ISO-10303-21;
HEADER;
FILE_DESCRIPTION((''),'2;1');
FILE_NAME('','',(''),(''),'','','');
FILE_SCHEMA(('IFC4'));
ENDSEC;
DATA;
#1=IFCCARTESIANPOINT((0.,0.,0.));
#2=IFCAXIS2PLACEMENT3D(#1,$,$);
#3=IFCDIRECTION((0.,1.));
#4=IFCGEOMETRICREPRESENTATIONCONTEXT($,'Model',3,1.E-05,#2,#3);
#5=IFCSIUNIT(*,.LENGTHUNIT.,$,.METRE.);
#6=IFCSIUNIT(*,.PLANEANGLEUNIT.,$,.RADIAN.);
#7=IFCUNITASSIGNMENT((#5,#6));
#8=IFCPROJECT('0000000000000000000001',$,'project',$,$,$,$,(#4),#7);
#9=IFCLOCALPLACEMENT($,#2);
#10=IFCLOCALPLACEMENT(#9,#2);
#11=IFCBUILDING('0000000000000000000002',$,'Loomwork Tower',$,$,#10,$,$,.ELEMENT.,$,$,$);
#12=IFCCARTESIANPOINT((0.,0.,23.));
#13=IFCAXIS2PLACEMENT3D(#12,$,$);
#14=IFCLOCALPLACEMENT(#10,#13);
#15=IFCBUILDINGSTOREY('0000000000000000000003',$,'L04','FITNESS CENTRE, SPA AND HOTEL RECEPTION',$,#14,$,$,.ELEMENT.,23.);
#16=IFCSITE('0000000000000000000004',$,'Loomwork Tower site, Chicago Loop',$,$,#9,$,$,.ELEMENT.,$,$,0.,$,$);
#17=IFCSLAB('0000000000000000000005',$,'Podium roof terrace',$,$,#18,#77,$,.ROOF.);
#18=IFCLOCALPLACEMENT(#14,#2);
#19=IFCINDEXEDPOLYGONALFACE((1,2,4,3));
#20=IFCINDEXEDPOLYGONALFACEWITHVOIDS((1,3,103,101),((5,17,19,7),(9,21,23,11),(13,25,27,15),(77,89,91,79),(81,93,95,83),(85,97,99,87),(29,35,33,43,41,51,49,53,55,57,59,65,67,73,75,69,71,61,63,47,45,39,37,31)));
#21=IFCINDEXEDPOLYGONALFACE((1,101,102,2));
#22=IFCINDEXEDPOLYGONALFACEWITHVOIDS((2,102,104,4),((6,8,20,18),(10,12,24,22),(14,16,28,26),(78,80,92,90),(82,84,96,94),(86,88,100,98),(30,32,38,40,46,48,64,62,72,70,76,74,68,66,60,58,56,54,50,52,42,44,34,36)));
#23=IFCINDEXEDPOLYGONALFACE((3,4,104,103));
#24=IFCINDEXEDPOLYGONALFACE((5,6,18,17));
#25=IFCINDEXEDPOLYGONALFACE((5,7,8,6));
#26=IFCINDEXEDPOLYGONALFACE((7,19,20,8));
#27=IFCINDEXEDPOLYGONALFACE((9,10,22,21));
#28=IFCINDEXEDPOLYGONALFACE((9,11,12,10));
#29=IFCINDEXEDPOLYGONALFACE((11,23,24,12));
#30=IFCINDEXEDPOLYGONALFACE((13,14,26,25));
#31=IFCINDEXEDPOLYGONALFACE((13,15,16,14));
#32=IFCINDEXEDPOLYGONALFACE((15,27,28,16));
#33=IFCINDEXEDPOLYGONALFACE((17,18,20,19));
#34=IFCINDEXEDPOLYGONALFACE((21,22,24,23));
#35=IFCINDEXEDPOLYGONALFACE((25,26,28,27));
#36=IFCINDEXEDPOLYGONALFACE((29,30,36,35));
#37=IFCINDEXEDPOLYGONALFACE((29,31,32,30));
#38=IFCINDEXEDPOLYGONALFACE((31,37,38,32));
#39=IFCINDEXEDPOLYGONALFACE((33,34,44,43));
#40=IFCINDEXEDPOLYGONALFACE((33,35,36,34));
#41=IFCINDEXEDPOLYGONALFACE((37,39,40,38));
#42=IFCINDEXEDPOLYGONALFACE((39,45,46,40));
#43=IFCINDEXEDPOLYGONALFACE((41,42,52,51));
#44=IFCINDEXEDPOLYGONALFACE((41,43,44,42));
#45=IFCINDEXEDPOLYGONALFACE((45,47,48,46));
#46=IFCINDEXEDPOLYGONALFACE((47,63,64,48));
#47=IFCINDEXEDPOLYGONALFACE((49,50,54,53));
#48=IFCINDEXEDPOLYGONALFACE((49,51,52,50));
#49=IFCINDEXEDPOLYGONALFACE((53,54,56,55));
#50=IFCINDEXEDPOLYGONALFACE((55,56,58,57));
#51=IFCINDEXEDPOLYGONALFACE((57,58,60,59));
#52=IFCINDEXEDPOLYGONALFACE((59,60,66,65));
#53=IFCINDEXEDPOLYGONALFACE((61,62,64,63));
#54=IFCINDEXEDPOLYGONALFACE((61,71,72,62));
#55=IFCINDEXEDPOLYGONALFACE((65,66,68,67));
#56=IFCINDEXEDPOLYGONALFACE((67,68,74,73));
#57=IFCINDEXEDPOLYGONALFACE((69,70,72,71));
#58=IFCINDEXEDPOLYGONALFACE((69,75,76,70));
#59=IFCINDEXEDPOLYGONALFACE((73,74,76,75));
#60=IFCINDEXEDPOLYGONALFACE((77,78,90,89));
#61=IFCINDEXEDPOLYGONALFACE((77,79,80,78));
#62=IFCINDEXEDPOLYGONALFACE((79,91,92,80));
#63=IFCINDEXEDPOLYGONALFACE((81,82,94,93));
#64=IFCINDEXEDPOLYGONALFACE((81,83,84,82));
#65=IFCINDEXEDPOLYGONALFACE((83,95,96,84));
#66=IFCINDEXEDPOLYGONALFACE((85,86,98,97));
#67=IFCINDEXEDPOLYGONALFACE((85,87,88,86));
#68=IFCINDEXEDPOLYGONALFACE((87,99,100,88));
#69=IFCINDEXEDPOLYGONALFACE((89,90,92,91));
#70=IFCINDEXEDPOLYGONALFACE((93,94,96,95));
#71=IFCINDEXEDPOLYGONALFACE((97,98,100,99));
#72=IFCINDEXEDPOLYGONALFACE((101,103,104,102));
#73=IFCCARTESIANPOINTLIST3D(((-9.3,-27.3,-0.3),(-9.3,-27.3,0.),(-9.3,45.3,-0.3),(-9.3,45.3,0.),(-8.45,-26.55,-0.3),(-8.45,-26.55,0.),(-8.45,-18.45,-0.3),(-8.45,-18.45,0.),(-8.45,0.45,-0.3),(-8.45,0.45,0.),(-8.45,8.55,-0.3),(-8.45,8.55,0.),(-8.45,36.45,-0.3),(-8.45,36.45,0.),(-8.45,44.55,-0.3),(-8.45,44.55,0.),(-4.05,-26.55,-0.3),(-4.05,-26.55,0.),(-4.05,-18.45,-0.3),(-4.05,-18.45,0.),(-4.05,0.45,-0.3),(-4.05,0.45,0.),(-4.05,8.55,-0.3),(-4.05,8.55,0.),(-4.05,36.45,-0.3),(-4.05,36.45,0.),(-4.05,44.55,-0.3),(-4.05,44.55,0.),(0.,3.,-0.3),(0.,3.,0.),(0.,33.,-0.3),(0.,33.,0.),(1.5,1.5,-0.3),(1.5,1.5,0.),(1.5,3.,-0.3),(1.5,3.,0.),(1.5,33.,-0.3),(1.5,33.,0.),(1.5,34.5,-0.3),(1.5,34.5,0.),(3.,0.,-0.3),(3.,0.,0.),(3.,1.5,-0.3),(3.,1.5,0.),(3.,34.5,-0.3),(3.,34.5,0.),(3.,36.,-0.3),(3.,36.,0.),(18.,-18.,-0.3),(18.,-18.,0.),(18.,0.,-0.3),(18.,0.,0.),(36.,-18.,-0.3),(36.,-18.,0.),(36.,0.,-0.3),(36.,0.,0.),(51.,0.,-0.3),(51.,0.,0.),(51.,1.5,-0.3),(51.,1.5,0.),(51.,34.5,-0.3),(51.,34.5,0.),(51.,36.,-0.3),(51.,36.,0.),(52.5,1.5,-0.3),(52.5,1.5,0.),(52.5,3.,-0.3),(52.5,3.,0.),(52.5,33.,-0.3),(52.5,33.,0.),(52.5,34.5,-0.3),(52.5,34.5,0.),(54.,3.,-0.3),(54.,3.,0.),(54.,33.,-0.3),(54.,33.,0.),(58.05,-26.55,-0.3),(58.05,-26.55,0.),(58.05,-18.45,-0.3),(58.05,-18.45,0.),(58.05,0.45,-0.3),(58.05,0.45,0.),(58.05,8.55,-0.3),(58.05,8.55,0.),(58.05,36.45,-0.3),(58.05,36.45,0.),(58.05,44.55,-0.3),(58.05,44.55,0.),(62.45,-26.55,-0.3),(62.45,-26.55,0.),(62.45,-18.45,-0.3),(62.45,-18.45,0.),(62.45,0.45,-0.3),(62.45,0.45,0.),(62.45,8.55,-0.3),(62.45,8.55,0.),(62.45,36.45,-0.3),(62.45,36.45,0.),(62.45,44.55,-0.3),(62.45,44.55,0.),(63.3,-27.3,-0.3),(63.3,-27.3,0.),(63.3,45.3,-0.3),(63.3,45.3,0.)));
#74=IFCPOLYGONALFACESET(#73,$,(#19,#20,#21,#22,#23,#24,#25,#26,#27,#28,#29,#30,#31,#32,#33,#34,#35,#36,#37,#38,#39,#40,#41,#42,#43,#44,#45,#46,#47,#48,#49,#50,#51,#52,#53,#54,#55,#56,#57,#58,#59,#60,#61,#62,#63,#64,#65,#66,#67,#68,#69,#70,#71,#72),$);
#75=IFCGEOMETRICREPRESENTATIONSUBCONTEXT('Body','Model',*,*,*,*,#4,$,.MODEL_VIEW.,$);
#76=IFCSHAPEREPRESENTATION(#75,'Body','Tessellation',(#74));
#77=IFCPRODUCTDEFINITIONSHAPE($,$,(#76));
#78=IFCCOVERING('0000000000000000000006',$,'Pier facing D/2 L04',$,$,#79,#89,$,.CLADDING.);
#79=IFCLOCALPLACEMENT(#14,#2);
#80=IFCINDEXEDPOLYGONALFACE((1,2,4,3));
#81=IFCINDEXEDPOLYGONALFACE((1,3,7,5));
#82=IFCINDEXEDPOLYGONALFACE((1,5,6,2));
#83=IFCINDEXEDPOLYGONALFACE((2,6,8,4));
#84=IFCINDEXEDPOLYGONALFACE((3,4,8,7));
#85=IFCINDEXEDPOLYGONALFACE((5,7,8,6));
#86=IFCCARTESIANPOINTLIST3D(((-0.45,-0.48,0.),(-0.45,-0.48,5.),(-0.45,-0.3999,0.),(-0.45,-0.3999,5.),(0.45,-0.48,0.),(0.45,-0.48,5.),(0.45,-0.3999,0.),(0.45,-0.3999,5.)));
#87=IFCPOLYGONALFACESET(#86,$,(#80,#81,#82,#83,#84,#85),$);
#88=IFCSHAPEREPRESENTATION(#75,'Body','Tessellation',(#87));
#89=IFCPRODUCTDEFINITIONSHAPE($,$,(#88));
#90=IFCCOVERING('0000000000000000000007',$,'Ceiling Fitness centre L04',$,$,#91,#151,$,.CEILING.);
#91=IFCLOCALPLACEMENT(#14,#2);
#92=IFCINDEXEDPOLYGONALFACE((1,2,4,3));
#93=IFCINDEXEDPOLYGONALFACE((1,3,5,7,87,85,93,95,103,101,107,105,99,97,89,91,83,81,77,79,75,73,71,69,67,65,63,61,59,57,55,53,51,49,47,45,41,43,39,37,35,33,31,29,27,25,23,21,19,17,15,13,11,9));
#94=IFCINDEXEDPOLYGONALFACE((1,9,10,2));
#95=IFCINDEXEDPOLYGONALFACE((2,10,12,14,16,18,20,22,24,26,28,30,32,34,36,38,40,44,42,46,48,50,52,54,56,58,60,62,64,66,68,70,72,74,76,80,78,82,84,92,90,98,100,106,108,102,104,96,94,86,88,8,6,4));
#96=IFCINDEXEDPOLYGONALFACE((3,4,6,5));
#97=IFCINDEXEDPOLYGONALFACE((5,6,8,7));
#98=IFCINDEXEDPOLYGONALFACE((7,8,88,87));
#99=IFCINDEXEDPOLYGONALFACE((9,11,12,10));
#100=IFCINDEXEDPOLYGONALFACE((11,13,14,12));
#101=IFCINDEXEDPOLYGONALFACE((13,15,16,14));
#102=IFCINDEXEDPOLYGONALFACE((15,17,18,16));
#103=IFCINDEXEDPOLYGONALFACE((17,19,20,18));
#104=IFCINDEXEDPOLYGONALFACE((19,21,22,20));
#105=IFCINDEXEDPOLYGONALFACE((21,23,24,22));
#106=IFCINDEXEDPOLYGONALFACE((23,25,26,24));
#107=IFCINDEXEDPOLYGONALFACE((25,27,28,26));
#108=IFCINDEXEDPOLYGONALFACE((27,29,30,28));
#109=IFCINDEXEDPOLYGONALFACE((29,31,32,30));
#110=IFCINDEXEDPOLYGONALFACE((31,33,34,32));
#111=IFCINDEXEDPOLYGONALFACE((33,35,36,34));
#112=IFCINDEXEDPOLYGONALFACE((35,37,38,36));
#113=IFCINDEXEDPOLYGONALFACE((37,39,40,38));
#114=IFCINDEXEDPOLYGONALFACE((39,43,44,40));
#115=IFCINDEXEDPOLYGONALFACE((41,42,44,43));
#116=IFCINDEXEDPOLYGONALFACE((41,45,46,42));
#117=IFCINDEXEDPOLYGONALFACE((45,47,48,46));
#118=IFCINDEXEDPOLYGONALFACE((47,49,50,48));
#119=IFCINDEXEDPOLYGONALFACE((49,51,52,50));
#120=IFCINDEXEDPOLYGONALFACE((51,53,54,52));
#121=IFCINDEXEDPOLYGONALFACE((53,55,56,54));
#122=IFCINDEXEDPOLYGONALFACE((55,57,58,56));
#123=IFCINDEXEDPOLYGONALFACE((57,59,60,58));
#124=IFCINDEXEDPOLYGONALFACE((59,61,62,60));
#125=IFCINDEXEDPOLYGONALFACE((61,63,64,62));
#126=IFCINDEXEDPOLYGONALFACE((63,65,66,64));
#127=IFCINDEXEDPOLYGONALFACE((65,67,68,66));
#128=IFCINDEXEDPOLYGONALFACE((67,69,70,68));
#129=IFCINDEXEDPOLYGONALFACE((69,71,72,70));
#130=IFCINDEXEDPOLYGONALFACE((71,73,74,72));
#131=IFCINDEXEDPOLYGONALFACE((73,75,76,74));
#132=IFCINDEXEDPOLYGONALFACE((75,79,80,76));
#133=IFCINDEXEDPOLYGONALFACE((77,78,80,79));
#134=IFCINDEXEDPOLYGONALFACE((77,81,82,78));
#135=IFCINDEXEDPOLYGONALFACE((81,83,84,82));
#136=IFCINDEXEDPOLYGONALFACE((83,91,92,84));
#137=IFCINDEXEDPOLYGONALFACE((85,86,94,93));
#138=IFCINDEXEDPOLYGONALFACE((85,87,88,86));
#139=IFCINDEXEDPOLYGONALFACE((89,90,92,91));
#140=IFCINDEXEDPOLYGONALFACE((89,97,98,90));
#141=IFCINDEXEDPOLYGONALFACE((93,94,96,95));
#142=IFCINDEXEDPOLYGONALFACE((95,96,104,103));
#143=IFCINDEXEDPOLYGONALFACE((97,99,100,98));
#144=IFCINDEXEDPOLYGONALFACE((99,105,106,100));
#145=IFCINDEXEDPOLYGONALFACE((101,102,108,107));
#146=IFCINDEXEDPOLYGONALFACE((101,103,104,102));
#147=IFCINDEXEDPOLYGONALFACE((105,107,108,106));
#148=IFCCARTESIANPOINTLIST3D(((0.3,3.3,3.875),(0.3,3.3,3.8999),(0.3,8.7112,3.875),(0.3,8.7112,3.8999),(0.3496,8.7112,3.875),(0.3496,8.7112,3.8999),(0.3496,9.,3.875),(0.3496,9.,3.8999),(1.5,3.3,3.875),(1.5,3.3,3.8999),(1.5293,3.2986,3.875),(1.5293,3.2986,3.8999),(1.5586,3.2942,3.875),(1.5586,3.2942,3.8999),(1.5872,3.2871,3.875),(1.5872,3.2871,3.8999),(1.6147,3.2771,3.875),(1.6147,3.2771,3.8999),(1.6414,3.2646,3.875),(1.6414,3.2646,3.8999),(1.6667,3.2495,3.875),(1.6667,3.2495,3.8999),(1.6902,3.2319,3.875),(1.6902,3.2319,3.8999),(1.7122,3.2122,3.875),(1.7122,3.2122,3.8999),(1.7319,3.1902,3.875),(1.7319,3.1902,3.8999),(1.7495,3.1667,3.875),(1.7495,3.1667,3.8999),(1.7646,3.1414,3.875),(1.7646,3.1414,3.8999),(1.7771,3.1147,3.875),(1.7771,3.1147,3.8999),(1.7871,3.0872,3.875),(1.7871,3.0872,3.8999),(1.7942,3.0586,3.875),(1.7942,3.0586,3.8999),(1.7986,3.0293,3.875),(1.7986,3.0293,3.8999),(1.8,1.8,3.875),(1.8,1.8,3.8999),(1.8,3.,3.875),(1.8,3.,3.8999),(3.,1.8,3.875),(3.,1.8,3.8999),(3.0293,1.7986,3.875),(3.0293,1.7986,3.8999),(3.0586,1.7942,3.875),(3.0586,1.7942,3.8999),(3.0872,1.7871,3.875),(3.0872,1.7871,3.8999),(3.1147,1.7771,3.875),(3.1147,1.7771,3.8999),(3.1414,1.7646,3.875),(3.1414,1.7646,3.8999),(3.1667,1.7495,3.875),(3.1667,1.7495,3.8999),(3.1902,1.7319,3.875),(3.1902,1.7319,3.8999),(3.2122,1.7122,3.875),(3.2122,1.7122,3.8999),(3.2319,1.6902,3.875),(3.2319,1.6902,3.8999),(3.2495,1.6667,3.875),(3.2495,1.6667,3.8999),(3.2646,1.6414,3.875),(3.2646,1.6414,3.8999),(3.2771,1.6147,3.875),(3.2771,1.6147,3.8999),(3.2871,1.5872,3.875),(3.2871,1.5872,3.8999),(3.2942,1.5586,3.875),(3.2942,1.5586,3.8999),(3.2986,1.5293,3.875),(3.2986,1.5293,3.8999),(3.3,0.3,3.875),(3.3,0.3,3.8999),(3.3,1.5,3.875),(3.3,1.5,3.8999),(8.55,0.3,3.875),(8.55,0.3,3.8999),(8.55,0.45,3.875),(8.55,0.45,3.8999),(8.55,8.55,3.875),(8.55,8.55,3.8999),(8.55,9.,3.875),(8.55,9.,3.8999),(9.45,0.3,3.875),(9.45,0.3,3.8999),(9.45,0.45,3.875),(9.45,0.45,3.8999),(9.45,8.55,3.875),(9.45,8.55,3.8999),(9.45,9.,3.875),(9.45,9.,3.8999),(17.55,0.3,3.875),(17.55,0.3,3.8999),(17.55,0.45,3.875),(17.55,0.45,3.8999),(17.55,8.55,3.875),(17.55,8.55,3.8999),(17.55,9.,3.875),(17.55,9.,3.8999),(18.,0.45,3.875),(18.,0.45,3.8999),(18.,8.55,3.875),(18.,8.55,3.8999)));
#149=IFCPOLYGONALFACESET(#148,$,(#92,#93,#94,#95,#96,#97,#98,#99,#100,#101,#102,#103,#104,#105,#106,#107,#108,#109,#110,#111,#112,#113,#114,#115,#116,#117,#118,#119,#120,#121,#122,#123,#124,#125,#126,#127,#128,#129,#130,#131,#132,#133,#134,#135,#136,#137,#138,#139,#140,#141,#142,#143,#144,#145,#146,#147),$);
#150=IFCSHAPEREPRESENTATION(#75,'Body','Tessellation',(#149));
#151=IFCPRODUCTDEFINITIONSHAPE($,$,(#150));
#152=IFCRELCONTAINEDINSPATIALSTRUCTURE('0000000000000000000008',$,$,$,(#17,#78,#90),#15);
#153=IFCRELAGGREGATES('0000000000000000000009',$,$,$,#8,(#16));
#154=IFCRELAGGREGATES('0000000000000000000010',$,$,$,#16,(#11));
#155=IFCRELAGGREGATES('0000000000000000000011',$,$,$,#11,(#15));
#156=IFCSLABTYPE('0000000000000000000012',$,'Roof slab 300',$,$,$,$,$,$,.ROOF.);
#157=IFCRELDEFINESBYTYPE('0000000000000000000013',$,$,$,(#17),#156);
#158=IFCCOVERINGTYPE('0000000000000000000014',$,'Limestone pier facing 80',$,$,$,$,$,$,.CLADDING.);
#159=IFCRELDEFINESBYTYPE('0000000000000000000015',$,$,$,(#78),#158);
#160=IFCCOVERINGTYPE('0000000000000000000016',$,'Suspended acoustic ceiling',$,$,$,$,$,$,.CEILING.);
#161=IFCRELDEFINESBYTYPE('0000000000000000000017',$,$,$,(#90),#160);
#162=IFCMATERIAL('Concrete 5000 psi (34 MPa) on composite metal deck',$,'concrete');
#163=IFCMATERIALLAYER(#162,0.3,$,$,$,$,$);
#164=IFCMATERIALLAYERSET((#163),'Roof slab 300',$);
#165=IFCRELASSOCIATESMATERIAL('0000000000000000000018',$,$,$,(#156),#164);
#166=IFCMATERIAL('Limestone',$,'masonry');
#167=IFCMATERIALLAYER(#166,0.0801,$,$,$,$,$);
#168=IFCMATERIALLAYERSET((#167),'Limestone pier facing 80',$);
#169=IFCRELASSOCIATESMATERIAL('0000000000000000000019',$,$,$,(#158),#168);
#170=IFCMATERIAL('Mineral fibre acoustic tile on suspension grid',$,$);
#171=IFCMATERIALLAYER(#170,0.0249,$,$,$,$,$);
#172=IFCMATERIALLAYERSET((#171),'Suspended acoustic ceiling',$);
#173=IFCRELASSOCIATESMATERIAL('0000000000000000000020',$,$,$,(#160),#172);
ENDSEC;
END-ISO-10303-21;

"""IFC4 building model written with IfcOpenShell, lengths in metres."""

from ifc_helpers import new_model, si_unit, direction, frame, origin, origin_2d, place, context, subcontext, project, spatial, polyline, rectangle, outline, extrude, material, layer, layer_set, type_object, element, save


model = new_model("IFC4")

# Units and contexts
model_context = context("Model", 3, precision=1e-05, world=origin(), true_north=direction((0.0, 1.0)))
body_context = subcontext(model_context, "Body", "Model", "MODEL_VIEW")
ifc_project = project(units=[si_unit("LENGTHUNIT", "METRE"), si_unit("PLANEANGLEUNIT", "RADIAN")], contexts=[model_context])

# Site, building, storey
site_placement = place(None, origin())
site = spatial("IfcSite", under=ifc_project, at=site_placement, Name="Loomwork Tower site, Chicago Loop", CompositionType="ELEMENT", RefElevation=0.0)
building_placement = place(site_placement, origin())
building = spatial("IfcBuilding", under=site, at=building_placement, Name="Loomwork Tower", CompositionType="ELEMENT")
storey_placement = place(building_placement, frame((0.0, 0.0, 23.0)))
storey = spatial("IfcBuildingStorey", under=building, at=storey_placement, Name="L04", Description="FITNESS CENTRE, SPA AND HOTEL RECEPTION", CompositionType="ELEMENT", Elevation=23.0)

# Slab
ifc_material_1 = material(Name="Concrete 5000 psi (34 MPa) on composite metal deck", Category="concrete")
ifc_layer_1 = layer(ifc_material_1, 0.3)
ifc_layer_set_1 = layer_set([ifc_layer_1], Name="Roof slab 300")
slab_type_1 = type_object("IfcSlabType", Name="Roof slab 300", PredefinedType="ROOF", material=ifc_layer_set_1)
slab_1_placement = place(storey_placement, frame((0.0, 0.0, -0.3)))
element("IfcSlab", 1, at=slab_1_placement, inside=storey, type_object=slab_type_1, Name="Podium roof terrace", PredefinedType="ROOF", context=body_context, shape_type="SweptSolid", body=[
    extrude(outline(polyline([(63.3, 45.3), (63.3, -27.3), (-9.3, -27.3), (-9.3, 45.3), (63.3, 45.3)]), holes=[polyline([(58.05, -18.45), (58.05, -26.55), (62.45, -26.55), (62.45, -18.45), (58.05, -18.45)]), polyline([(58.05, 0.45), (62.45, 0.45), (62.45, 8.55), (58.05, 8.55), (58.05, 0.45)]), polyline([(58.05, 44.55), (58.05, 36.45), (62.45, 36.45), (62.45, 44.55), (58.05, 44.55)]), polyline([(52.5, 1.5), (52.5, 3.0), (54.0, 3.0), (54.0, 33.0), (52.5, 33.0), (52.5, 34.5), (51.0, 34.5), (51.0, 36.0), (3.0, 36.0), (3.0, 34.5), (1.5, 34.5), (1.5, 33.0), (0.0, 33.0), (0.0, 3.0), (1.5, 3.0), (1.5, 1.5), (3.0, 1.5), (3.0, 0.0), (18.0, 0.0), (18.0, -18.0), (36.0, -18.0), (36.0, 0.0), (51.0, 0.0), (51.0, 1.5), (52.5, 1.5)]), polyline([(-8.45, -26.55), (-4.05, -26.55), (-4.05, -18.45), (-8.45, -18.45), (-8.45, -26.55)]), polyline([(-8.45, 8.55), (-8.45, 0.45), (-4.05, 0.45), (-4.05, 8.55), (-8.45, 8.55)]), polyline([(-8.45, 44.55), (-8.45, 36.45), (-4.05, 36.45), (-4.05, 44.55), (-8.45, 44.55)])]), origin(), (0.0, 0.0, 1.0), 0.3),
])

# Coverings
ifc_material_2 = material(Name="Limestone", Category="masonry")
ifc_layer_2 = layer(ifc_material_2, 0.0801)
ifc_layer_set_2 = layer_set([ifc_layer_2], Name="Limestone pier facing 80")
covering_type_1 = type_object("IfcCoveringType", Name="Limestone pier facing 80", PredefinedType="CLADDING", material=ifc_layer_set_2)
covering_1_placement = place(storey_placement, frame((0.0, -0.4399, 0.0), z_axis=(0.0, 0.0, 1.0), x_axis=(1.0, 0.0, 0.0)))
element("IfcCovering", 2, at=covering_1_placement, inside=storey, type_object=covering_type_1, Name="Pier facing D/2 L04", PredefinedType="CLADDING", context=body_context, shape_type="SweptSolid", body=[
    extrude(rectangle(XDim=0.8999, YDim=0.0801, at=origin_2d()), origin(), (0.0, 0.0, 1.0), 5.0),
])
ifc_material_3 = material(Name="Mineral fibre acoustic tile on suspension grid")
ifc_layer_3 = layer(ifc_material_3, 0.0249)
ifc_layer_set_3 = layer_set([ifc_layer_3], Name="Suspended acoustic ceiling")
covering_type_2 = type_object("IfcCoveringType", Name="Suspended acoustic ceiling", PredefinedType="CEILING", material=ifc_layer_set_3)
covering_2_placement = place(storey_placement, frame((0.0, 0.0, 3.875)))
element("IfcCovering", 3, at=covering_2_placement, inside=storey, type_object=covering_type_2, Name="Ceiling Fitness centre L04", PredefinedType="CEILING", context=body_context, shape_type="SweptSolid", body=[
    extrude(outline(polyline([(9.45, 0.3), (9.45, 0.45), (8.55, 0.45), (8.55, 0.3), (3.3, 0.3), (3.3, 1.5), (3.2986, 1.5293), (3.2942, 1.5586), (3.2871, 1.5872), (3.2771, 1.6147), (3.2646, 1.6414), (3.2495, 1.6667), (3.2319, 1.6902), (3.2122, 1.7122), (3.1902, 1.7319), (3.1667, 1.7495), (3.1414, 1.7646), (3.1147, 1.7771), (3.0872, 1.7871), (3.0586, 1.7942), (3.0293, 1.7986), (3.0, 1.8), (1.8, 1.8), (1.8, 3.0), (1.7986, 3.0293), (1.7942, 3.0586), (1.7871, 3.0872), (1.7771, 3.1147), (1.7646, 3.1414), (1.7495, 3.1667), (1.7319, 3.1902), (1.7122, 3.2122), (1.6902, 3.2319), (1.6667, 3.2495), (1.6414, 3.2646), (1.6147, 3.2771), (1.5872, 3.2871), (1.5586, 3.2942), (1.5293, 3.2986), (1.5, 3.3), (0.3, 3.3), (0.3, 8.7112), (0.3496, 8.7112), (0.3496, 9.0), (8.55, 9.0), (8.55, 8.55), (9.45, 8.55), (9.45, 9.0), (17.55, 9.0), (17.55, 8.55), (18.0, 8.55), (18.0, 0.45), (17.55, 0.45), (17.55, 0.3), (9.45, 0.3)])), origin(), (0.0, 0.0, 1.0), 0.0249),
])

save(model, "model.ifc")
